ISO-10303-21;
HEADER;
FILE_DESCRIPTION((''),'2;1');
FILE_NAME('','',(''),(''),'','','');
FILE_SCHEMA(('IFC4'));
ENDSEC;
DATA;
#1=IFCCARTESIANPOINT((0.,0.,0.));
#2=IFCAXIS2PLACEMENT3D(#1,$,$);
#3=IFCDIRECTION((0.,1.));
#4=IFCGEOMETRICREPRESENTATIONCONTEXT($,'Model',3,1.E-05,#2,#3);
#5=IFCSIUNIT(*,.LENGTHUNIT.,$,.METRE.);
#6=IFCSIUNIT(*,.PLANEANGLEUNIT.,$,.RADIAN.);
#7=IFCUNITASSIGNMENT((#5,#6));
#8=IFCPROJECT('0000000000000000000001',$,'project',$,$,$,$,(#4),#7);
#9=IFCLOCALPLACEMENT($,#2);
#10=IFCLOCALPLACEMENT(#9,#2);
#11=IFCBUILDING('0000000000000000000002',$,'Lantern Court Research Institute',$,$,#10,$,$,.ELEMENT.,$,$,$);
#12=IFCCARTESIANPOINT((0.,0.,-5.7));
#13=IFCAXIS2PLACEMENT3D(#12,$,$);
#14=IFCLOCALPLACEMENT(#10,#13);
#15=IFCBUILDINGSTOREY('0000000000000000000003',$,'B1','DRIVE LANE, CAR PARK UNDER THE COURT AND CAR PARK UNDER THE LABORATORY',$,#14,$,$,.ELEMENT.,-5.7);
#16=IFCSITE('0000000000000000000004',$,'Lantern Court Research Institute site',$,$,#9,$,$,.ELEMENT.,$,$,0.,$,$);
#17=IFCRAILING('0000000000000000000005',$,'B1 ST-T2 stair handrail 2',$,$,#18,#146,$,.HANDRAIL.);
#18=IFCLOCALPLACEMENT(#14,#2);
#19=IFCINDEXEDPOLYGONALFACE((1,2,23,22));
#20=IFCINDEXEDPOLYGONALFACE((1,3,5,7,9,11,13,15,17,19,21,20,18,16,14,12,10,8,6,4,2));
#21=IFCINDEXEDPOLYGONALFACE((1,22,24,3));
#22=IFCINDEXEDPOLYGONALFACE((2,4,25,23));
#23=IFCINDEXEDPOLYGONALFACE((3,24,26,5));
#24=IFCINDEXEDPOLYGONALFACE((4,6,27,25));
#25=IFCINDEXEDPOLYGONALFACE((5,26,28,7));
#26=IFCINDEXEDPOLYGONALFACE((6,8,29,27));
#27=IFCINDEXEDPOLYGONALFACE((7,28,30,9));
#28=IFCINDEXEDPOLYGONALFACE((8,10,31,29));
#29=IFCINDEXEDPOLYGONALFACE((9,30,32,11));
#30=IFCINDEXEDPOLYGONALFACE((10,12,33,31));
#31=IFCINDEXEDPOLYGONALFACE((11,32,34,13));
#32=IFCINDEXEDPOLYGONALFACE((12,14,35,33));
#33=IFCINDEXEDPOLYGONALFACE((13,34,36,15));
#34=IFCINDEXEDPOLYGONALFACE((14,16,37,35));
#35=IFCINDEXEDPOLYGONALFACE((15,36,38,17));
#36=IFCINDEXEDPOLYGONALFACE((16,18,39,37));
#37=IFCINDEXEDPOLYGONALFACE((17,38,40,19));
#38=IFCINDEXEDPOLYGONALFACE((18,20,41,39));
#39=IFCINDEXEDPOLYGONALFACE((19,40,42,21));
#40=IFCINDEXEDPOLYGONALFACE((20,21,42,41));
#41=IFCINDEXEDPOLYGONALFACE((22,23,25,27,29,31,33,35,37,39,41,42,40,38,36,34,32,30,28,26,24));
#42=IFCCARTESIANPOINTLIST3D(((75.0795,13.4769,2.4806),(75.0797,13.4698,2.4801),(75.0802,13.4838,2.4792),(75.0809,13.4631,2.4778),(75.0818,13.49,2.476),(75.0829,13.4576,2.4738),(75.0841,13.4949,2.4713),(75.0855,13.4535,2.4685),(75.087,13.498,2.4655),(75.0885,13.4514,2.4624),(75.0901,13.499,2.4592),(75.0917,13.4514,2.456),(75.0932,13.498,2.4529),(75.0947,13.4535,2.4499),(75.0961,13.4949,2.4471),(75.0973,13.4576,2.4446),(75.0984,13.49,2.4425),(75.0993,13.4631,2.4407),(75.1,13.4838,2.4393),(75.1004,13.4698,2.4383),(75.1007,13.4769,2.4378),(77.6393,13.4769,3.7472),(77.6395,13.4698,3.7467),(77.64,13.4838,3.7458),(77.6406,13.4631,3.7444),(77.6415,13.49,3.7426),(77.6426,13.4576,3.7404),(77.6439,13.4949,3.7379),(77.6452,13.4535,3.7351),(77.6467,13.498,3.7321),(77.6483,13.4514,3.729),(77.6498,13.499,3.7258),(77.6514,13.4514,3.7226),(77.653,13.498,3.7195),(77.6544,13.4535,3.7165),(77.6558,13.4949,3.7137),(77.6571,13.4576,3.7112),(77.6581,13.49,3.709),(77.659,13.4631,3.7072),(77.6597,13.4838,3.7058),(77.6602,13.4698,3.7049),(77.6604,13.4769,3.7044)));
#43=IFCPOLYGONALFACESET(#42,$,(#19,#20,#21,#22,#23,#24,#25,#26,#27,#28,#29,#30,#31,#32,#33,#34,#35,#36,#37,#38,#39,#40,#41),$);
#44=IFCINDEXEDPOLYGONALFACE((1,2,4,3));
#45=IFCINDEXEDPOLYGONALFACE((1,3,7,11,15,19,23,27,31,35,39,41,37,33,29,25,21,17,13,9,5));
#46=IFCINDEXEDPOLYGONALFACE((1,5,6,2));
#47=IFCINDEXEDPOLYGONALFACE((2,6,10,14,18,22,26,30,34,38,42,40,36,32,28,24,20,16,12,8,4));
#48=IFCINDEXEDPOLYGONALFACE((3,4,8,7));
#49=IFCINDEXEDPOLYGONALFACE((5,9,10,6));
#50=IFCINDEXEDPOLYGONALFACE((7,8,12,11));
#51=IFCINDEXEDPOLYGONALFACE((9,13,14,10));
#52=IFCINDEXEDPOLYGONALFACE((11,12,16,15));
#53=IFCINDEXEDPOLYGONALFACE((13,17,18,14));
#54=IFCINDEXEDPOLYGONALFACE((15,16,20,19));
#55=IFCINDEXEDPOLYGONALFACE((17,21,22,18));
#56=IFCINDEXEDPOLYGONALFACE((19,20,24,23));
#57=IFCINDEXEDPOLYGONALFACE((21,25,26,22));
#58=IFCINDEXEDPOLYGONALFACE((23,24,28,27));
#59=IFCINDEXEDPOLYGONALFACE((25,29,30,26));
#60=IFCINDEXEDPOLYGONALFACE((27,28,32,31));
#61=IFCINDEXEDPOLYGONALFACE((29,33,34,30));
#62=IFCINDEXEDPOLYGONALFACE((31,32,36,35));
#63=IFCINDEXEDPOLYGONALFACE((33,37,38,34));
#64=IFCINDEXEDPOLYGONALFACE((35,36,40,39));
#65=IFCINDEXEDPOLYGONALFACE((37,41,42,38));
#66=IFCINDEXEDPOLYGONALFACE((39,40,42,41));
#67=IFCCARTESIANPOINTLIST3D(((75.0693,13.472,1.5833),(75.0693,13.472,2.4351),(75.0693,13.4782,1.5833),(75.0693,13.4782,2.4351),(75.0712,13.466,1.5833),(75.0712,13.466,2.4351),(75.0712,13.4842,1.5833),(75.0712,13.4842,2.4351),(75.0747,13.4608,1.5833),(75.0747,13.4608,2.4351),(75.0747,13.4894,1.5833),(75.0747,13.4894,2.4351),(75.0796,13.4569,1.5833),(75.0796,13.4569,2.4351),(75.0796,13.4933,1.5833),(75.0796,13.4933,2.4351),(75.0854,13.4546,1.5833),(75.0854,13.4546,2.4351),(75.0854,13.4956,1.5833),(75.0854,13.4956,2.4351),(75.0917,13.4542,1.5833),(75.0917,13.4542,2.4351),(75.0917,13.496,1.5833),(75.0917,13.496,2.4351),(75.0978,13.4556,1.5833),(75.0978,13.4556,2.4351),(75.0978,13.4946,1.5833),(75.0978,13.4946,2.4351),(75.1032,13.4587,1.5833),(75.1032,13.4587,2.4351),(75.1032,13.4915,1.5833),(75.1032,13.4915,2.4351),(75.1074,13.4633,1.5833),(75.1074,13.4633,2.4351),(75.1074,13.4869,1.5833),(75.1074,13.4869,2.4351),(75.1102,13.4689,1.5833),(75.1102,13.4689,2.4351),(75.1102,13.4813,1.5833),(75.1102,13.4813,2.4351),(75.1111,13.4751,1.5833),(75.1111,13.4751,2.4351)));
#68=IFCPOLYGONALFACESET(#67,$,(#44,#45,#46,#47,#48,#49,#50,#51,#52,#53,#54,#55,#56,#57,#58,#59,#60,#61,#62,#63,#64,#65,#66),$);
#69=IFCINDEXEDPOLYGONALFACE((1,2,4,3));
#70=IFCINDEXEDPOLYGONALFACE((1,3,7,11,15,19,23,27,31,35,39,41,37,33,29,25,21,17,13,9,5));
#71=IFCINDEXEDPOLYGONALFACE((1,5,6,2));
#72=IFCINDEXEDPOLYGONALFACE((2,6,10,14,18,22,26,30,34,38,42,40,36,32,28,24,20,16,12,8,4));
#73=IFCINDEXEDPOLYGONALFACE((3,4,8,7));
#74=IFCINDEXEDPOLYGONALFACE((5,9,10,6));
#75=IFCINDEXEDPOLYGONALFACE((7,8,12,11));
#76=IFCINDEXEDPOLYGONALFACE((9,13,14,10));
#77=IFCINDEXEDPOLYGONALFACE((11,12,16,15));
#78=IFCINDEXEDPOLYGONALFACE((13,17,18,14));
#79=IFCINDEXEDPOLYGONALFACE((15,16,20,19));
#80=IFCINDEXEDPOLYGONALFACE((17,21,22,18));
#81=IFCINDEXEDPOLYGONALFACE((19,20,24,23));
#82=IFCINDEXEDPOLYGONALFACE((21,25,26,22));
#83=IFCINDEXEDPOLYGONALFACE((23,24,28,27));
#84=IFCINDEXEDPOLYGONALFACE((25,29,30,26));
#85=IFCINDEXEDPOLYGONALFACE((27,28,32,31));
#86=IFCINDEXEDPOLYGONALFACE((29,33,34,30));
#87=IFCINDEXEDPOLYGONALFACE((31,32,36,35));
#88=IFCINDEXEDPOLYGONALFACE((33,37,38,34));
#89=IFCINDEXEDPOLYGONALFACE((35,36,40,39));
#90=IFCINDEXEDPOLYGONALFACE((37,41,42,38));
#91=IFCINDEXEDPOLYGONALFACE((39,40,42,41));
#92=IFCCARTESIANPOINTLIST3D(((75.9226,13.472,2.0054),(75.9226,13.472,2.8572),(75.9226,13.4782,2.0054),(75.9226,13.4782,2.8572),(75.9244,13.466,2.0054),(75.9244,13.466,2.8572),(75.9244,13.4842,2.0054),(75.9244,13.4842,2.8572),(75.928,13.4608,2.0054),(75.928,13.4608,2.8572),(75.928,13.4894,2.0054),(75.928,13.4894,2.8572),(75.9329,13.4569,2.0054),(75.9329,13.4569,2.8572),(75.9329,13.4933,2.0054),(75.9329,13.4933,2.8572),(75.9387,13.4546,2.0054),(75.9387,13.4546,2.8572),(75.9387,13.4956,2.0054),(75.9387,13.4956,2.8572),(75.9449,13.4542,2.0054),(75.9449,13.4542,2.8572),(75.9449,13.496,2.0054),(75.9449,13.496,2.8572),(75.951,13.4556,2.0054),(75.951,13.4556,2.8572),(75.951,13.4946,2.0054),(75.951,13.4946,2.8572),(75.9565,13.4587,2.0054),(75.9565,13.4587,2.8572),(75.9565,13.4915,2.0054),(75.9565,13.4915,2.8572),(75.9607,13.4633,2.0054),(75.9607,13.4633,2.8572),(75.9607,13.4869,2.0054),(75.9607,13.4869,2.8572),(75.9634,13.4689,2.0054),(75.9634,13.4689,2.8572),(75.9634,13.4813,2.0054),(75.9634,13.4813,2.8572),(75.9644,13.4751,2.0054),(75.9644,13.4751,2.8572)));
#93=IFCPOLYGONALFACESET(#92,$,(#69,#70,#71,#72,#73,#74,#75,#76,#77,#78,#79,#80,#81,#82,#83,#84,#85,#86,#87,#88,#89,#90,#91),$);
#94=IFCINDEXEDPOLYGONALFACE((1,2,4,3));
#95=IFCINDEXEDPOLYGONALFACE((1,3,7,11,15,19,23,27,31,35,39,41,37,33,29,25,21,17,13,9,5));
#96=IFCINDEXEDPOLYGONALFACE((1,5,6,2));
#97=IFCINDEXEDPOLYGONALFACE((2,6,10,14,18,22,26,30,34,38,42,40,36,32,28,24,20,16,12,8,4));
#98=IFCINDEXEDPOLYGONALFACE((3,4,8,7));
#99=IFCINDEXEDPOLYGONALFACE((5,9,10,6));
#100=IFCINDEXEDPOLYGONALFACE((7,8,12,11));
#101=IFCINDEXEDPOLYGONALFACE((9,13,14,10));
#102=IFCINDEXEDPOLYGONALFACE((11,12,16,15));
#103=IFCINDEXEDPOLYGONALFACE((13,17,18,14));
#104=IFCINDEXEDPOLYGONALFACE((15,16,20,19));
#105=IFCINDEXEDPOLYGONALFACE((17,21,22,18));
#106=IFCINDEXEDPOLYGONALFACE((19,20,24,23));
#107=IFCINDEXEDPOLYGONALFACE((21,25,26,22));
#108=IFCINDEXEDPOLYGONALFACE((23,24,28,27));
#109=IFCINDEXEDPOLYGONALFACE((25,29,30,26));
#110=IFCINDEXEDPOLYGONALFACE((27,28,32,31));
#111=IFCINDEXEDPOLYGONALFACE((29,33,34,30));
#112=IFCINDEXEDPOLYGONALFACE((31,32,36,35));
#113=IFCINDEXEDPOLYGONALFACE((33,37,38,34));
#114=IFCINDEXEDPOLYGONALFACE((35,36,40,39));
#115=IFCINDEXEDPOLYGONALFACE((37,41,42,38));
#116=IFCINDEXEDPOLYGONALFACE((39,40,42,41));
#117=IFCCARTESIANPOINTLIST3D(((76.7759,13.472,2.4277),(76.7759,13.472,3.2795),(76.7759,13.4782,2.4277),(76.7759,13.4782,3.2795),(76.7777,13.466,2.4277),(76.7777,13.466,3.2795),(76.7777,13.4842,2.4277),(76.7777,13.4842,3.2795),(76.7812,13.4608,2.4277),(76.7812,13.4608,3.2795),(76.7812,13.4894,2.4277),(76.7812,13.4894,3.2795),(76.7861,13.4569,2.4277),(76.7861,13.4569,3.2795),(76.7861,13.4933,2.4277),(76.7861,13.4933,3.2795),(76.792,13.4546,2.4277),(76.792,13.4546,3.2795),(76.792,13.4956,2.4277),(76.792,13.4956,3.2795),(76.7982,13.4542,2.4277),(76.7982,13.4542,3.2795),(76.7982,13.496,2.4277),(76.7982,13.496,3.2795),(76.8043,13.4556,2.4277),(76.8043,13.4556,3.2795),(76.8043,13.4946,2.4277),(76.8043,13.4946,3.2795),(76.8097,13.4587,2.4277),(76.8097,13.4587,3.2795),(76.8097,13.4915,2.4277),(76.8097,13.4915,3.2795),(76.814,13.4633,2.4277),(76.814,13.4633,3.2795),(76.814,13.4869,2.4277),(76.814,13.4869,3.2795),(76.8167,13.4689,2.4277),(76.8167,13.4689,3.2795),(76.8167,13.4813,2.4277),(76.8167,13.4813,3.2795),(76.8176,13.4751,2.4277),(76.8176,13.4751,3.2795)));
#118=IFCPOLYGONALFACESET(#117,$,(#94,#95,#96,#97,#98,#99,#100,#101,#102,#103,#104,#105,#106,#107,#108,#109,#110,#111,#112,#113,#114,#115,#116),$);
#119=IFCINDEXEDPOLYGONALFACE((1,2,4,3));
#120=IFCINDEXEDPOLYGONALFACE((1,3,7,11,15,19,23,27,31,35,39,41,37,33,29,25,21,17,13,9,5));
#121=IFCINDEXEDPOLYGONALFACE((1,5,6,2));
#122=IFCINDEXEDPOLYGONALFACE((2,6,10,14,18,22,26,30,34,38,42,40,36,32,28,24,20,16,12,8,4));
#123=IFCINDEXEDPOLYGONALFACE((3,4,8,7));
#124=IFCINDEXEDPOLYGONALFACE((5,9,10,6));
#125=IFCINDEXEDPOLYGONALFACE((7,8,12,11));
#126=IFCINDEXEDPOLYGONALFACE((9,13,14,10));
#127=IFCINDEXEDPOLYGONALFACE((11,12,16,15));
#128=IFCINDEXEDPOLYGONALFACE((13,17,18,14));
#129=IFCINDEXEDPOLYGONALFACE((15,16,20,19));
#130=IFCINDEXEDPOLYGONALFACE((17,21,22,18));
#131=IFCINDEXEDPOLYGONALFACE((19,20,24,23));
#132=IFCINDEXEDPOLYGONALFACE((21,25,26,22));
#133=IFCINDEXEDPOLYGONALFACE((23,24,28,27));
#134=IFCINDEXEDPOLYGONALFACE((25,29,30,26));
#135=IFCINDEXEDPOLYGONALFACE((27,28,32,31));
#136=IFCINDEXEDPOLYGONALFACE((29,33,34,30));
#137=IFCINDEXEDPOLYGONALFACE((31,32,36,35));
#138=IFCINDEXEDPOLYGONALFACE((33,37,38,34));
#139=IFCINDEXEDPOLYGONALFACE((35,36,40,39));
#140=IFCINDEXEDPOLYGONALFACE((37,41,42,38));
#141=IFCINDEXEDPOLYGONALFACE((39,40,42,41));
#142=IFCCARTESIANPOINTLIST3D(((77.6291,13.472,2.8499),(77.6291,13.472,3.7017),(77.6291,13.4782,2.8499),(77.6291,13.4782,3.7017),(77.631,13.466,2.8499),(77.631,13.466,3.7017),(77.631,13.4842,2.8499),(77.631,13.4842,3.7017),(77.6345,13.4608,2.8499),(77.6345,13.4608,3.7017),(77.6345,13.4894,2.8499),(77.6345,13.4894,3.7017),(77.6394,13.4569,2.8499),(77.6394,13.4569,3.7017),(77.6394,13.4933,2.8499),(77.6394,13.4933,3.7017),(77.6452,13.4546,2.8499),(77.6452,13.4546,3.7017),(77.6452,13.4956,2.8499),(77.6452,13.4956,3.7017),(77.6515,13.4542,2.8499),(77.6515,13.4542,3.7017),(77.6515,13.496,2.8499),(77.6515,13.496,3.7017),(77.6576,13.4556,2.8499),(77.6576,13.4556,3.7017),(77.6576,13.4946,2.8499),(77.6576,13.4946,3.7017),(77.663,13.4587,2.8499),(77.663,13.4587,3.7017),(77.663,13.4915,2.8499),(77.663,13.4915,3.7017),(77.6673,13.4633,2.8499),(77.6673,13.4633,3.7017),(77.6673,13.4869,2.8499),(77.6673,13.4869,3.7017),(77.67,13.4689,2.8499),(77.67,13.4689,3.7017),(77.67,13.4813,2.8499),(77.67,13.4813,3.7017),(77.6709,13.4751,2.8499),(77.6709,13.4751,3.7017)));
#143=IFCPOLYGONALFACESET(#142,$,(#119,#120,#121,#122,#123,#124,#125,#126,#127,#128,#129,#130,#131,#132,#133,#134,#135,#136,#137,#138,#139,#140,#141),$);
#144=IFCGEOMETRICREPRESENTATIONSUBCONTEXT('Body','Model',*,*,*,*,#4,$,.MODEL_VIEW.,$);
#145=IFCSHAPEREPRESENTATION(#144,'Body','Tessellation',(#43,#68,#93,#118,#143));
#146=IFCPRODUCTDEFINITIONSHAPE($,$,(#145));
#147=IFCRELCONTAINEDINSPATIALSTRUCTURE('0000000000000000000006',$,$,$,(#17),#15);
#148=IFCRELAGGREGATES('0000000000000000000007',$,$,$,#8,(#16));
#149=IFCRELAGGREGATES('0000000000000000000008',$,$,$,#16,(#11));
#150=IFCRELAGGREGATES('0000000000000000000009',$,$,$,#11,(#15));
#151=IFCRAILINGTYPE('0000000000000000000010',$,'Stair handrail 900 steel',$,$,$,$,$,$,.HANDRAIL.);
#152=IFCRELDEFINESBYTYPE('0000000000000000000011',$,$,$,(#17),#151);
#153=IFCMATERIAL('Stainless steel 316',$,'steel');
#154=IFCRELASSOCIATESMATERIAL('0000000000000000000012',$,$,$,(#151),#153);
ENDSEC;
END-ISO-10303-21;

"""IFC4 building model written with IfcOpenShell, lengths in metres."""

from ifc_helpers import new_model, si_unit, direction, frame, origin, origin_2d, place, context, subcontext, project, spatial, circle, extrude, material, type_object, element, save


model = new_model("IFC4")

# Units and contexts
model_context = context("Model", 3, precision=1e-05, world=origin(), true_north=direction((0.0, 1.0)))
body_context = subcontext(model_context, "Body", "Model", "MODEL_VIEW")
ifc_project = project(units=[si_unit("LENGTHUNIT", "METRE"), si_unit("PLANEANGLEUNIT", "RADIAN")], contexts=[model_context])

# Site, building, storey
site_placement = place(None, origin())
site = spatial("IfcSite", under=ifc_project, at=site_placement, Name="Lantern Court Research Institute site", CompositionType="ELEMENT", RefElevation=0.0)
building_placement = place(site_placement, origin())
building = spatial("IfcBuilding", under=site, at=building_placement, Name="Lantern Court Research Institute", CompositionType="ELEMENT")
storey_placement = place(building_placement, frame((0.0, 0.0, -5.7)))
storey = spatial("IfcBuildingStorey", under=building, at=storey_placement, Name="B1", Description="DRIVE LANE, CAR PARK UNDER THE COURT AND CAR PARK UNDER THE LABORATORY", CompositionType="ELEMENT", Elevation=-5.7)

# Railing
ifc_material_1 = material(Name="Stainless steel 316", Category="steel")
railing_type_1 = type_object("IfcRailingType", Name="Stair handrail 900 steel", PredefinedType="HANDRAIL", material=ifc_material_1)
railing_1_placement = place(storey_placement, frame((75.0901, 13.4751, 1.5833)))
element("IfcRailing", 1, at=railing_1_placement, inside=storey, type_object=railing_type_1, Name="B1 ST-T2 stair handrail 2", PredefinedType="HANDRAIL", context=body_context, shape_type="SweptSolid", body=[
    extrude(circle(Radius=0.0239, at=origin_2d()), frame((0.0, 0.0, 0.876), z_axis=(0.896283, 0.0, 0.443483), x_axis=(0.0, 1.0, 0.0)), (0.0, 0.0, 1.0), 2.856),
    extrude(circle(Radius=0.021, at=origin_2d()), origin(), (0.0, 0.0, 1.0), 0.8518),
    extrude(circle(Radius=0.021, at=origin_2d()), frame((0.8533, 0.0, 0.4221)), (0.0, 0.0, 1.0), 0.8518),
    extrude(circle(Radius=0.021, at=origin_2d()), frame((1.7065, 0.0, 0.8445)), (0.0, 0.0, 1.0), 0.8518),
    extrude(circle(Radius=0.021, at=origin_2d()), frame((2.5598, 0.0, 1.2666)), (0.0, 0.0, 1.0), 0.8518),
])

save(model, "model.ifc")
